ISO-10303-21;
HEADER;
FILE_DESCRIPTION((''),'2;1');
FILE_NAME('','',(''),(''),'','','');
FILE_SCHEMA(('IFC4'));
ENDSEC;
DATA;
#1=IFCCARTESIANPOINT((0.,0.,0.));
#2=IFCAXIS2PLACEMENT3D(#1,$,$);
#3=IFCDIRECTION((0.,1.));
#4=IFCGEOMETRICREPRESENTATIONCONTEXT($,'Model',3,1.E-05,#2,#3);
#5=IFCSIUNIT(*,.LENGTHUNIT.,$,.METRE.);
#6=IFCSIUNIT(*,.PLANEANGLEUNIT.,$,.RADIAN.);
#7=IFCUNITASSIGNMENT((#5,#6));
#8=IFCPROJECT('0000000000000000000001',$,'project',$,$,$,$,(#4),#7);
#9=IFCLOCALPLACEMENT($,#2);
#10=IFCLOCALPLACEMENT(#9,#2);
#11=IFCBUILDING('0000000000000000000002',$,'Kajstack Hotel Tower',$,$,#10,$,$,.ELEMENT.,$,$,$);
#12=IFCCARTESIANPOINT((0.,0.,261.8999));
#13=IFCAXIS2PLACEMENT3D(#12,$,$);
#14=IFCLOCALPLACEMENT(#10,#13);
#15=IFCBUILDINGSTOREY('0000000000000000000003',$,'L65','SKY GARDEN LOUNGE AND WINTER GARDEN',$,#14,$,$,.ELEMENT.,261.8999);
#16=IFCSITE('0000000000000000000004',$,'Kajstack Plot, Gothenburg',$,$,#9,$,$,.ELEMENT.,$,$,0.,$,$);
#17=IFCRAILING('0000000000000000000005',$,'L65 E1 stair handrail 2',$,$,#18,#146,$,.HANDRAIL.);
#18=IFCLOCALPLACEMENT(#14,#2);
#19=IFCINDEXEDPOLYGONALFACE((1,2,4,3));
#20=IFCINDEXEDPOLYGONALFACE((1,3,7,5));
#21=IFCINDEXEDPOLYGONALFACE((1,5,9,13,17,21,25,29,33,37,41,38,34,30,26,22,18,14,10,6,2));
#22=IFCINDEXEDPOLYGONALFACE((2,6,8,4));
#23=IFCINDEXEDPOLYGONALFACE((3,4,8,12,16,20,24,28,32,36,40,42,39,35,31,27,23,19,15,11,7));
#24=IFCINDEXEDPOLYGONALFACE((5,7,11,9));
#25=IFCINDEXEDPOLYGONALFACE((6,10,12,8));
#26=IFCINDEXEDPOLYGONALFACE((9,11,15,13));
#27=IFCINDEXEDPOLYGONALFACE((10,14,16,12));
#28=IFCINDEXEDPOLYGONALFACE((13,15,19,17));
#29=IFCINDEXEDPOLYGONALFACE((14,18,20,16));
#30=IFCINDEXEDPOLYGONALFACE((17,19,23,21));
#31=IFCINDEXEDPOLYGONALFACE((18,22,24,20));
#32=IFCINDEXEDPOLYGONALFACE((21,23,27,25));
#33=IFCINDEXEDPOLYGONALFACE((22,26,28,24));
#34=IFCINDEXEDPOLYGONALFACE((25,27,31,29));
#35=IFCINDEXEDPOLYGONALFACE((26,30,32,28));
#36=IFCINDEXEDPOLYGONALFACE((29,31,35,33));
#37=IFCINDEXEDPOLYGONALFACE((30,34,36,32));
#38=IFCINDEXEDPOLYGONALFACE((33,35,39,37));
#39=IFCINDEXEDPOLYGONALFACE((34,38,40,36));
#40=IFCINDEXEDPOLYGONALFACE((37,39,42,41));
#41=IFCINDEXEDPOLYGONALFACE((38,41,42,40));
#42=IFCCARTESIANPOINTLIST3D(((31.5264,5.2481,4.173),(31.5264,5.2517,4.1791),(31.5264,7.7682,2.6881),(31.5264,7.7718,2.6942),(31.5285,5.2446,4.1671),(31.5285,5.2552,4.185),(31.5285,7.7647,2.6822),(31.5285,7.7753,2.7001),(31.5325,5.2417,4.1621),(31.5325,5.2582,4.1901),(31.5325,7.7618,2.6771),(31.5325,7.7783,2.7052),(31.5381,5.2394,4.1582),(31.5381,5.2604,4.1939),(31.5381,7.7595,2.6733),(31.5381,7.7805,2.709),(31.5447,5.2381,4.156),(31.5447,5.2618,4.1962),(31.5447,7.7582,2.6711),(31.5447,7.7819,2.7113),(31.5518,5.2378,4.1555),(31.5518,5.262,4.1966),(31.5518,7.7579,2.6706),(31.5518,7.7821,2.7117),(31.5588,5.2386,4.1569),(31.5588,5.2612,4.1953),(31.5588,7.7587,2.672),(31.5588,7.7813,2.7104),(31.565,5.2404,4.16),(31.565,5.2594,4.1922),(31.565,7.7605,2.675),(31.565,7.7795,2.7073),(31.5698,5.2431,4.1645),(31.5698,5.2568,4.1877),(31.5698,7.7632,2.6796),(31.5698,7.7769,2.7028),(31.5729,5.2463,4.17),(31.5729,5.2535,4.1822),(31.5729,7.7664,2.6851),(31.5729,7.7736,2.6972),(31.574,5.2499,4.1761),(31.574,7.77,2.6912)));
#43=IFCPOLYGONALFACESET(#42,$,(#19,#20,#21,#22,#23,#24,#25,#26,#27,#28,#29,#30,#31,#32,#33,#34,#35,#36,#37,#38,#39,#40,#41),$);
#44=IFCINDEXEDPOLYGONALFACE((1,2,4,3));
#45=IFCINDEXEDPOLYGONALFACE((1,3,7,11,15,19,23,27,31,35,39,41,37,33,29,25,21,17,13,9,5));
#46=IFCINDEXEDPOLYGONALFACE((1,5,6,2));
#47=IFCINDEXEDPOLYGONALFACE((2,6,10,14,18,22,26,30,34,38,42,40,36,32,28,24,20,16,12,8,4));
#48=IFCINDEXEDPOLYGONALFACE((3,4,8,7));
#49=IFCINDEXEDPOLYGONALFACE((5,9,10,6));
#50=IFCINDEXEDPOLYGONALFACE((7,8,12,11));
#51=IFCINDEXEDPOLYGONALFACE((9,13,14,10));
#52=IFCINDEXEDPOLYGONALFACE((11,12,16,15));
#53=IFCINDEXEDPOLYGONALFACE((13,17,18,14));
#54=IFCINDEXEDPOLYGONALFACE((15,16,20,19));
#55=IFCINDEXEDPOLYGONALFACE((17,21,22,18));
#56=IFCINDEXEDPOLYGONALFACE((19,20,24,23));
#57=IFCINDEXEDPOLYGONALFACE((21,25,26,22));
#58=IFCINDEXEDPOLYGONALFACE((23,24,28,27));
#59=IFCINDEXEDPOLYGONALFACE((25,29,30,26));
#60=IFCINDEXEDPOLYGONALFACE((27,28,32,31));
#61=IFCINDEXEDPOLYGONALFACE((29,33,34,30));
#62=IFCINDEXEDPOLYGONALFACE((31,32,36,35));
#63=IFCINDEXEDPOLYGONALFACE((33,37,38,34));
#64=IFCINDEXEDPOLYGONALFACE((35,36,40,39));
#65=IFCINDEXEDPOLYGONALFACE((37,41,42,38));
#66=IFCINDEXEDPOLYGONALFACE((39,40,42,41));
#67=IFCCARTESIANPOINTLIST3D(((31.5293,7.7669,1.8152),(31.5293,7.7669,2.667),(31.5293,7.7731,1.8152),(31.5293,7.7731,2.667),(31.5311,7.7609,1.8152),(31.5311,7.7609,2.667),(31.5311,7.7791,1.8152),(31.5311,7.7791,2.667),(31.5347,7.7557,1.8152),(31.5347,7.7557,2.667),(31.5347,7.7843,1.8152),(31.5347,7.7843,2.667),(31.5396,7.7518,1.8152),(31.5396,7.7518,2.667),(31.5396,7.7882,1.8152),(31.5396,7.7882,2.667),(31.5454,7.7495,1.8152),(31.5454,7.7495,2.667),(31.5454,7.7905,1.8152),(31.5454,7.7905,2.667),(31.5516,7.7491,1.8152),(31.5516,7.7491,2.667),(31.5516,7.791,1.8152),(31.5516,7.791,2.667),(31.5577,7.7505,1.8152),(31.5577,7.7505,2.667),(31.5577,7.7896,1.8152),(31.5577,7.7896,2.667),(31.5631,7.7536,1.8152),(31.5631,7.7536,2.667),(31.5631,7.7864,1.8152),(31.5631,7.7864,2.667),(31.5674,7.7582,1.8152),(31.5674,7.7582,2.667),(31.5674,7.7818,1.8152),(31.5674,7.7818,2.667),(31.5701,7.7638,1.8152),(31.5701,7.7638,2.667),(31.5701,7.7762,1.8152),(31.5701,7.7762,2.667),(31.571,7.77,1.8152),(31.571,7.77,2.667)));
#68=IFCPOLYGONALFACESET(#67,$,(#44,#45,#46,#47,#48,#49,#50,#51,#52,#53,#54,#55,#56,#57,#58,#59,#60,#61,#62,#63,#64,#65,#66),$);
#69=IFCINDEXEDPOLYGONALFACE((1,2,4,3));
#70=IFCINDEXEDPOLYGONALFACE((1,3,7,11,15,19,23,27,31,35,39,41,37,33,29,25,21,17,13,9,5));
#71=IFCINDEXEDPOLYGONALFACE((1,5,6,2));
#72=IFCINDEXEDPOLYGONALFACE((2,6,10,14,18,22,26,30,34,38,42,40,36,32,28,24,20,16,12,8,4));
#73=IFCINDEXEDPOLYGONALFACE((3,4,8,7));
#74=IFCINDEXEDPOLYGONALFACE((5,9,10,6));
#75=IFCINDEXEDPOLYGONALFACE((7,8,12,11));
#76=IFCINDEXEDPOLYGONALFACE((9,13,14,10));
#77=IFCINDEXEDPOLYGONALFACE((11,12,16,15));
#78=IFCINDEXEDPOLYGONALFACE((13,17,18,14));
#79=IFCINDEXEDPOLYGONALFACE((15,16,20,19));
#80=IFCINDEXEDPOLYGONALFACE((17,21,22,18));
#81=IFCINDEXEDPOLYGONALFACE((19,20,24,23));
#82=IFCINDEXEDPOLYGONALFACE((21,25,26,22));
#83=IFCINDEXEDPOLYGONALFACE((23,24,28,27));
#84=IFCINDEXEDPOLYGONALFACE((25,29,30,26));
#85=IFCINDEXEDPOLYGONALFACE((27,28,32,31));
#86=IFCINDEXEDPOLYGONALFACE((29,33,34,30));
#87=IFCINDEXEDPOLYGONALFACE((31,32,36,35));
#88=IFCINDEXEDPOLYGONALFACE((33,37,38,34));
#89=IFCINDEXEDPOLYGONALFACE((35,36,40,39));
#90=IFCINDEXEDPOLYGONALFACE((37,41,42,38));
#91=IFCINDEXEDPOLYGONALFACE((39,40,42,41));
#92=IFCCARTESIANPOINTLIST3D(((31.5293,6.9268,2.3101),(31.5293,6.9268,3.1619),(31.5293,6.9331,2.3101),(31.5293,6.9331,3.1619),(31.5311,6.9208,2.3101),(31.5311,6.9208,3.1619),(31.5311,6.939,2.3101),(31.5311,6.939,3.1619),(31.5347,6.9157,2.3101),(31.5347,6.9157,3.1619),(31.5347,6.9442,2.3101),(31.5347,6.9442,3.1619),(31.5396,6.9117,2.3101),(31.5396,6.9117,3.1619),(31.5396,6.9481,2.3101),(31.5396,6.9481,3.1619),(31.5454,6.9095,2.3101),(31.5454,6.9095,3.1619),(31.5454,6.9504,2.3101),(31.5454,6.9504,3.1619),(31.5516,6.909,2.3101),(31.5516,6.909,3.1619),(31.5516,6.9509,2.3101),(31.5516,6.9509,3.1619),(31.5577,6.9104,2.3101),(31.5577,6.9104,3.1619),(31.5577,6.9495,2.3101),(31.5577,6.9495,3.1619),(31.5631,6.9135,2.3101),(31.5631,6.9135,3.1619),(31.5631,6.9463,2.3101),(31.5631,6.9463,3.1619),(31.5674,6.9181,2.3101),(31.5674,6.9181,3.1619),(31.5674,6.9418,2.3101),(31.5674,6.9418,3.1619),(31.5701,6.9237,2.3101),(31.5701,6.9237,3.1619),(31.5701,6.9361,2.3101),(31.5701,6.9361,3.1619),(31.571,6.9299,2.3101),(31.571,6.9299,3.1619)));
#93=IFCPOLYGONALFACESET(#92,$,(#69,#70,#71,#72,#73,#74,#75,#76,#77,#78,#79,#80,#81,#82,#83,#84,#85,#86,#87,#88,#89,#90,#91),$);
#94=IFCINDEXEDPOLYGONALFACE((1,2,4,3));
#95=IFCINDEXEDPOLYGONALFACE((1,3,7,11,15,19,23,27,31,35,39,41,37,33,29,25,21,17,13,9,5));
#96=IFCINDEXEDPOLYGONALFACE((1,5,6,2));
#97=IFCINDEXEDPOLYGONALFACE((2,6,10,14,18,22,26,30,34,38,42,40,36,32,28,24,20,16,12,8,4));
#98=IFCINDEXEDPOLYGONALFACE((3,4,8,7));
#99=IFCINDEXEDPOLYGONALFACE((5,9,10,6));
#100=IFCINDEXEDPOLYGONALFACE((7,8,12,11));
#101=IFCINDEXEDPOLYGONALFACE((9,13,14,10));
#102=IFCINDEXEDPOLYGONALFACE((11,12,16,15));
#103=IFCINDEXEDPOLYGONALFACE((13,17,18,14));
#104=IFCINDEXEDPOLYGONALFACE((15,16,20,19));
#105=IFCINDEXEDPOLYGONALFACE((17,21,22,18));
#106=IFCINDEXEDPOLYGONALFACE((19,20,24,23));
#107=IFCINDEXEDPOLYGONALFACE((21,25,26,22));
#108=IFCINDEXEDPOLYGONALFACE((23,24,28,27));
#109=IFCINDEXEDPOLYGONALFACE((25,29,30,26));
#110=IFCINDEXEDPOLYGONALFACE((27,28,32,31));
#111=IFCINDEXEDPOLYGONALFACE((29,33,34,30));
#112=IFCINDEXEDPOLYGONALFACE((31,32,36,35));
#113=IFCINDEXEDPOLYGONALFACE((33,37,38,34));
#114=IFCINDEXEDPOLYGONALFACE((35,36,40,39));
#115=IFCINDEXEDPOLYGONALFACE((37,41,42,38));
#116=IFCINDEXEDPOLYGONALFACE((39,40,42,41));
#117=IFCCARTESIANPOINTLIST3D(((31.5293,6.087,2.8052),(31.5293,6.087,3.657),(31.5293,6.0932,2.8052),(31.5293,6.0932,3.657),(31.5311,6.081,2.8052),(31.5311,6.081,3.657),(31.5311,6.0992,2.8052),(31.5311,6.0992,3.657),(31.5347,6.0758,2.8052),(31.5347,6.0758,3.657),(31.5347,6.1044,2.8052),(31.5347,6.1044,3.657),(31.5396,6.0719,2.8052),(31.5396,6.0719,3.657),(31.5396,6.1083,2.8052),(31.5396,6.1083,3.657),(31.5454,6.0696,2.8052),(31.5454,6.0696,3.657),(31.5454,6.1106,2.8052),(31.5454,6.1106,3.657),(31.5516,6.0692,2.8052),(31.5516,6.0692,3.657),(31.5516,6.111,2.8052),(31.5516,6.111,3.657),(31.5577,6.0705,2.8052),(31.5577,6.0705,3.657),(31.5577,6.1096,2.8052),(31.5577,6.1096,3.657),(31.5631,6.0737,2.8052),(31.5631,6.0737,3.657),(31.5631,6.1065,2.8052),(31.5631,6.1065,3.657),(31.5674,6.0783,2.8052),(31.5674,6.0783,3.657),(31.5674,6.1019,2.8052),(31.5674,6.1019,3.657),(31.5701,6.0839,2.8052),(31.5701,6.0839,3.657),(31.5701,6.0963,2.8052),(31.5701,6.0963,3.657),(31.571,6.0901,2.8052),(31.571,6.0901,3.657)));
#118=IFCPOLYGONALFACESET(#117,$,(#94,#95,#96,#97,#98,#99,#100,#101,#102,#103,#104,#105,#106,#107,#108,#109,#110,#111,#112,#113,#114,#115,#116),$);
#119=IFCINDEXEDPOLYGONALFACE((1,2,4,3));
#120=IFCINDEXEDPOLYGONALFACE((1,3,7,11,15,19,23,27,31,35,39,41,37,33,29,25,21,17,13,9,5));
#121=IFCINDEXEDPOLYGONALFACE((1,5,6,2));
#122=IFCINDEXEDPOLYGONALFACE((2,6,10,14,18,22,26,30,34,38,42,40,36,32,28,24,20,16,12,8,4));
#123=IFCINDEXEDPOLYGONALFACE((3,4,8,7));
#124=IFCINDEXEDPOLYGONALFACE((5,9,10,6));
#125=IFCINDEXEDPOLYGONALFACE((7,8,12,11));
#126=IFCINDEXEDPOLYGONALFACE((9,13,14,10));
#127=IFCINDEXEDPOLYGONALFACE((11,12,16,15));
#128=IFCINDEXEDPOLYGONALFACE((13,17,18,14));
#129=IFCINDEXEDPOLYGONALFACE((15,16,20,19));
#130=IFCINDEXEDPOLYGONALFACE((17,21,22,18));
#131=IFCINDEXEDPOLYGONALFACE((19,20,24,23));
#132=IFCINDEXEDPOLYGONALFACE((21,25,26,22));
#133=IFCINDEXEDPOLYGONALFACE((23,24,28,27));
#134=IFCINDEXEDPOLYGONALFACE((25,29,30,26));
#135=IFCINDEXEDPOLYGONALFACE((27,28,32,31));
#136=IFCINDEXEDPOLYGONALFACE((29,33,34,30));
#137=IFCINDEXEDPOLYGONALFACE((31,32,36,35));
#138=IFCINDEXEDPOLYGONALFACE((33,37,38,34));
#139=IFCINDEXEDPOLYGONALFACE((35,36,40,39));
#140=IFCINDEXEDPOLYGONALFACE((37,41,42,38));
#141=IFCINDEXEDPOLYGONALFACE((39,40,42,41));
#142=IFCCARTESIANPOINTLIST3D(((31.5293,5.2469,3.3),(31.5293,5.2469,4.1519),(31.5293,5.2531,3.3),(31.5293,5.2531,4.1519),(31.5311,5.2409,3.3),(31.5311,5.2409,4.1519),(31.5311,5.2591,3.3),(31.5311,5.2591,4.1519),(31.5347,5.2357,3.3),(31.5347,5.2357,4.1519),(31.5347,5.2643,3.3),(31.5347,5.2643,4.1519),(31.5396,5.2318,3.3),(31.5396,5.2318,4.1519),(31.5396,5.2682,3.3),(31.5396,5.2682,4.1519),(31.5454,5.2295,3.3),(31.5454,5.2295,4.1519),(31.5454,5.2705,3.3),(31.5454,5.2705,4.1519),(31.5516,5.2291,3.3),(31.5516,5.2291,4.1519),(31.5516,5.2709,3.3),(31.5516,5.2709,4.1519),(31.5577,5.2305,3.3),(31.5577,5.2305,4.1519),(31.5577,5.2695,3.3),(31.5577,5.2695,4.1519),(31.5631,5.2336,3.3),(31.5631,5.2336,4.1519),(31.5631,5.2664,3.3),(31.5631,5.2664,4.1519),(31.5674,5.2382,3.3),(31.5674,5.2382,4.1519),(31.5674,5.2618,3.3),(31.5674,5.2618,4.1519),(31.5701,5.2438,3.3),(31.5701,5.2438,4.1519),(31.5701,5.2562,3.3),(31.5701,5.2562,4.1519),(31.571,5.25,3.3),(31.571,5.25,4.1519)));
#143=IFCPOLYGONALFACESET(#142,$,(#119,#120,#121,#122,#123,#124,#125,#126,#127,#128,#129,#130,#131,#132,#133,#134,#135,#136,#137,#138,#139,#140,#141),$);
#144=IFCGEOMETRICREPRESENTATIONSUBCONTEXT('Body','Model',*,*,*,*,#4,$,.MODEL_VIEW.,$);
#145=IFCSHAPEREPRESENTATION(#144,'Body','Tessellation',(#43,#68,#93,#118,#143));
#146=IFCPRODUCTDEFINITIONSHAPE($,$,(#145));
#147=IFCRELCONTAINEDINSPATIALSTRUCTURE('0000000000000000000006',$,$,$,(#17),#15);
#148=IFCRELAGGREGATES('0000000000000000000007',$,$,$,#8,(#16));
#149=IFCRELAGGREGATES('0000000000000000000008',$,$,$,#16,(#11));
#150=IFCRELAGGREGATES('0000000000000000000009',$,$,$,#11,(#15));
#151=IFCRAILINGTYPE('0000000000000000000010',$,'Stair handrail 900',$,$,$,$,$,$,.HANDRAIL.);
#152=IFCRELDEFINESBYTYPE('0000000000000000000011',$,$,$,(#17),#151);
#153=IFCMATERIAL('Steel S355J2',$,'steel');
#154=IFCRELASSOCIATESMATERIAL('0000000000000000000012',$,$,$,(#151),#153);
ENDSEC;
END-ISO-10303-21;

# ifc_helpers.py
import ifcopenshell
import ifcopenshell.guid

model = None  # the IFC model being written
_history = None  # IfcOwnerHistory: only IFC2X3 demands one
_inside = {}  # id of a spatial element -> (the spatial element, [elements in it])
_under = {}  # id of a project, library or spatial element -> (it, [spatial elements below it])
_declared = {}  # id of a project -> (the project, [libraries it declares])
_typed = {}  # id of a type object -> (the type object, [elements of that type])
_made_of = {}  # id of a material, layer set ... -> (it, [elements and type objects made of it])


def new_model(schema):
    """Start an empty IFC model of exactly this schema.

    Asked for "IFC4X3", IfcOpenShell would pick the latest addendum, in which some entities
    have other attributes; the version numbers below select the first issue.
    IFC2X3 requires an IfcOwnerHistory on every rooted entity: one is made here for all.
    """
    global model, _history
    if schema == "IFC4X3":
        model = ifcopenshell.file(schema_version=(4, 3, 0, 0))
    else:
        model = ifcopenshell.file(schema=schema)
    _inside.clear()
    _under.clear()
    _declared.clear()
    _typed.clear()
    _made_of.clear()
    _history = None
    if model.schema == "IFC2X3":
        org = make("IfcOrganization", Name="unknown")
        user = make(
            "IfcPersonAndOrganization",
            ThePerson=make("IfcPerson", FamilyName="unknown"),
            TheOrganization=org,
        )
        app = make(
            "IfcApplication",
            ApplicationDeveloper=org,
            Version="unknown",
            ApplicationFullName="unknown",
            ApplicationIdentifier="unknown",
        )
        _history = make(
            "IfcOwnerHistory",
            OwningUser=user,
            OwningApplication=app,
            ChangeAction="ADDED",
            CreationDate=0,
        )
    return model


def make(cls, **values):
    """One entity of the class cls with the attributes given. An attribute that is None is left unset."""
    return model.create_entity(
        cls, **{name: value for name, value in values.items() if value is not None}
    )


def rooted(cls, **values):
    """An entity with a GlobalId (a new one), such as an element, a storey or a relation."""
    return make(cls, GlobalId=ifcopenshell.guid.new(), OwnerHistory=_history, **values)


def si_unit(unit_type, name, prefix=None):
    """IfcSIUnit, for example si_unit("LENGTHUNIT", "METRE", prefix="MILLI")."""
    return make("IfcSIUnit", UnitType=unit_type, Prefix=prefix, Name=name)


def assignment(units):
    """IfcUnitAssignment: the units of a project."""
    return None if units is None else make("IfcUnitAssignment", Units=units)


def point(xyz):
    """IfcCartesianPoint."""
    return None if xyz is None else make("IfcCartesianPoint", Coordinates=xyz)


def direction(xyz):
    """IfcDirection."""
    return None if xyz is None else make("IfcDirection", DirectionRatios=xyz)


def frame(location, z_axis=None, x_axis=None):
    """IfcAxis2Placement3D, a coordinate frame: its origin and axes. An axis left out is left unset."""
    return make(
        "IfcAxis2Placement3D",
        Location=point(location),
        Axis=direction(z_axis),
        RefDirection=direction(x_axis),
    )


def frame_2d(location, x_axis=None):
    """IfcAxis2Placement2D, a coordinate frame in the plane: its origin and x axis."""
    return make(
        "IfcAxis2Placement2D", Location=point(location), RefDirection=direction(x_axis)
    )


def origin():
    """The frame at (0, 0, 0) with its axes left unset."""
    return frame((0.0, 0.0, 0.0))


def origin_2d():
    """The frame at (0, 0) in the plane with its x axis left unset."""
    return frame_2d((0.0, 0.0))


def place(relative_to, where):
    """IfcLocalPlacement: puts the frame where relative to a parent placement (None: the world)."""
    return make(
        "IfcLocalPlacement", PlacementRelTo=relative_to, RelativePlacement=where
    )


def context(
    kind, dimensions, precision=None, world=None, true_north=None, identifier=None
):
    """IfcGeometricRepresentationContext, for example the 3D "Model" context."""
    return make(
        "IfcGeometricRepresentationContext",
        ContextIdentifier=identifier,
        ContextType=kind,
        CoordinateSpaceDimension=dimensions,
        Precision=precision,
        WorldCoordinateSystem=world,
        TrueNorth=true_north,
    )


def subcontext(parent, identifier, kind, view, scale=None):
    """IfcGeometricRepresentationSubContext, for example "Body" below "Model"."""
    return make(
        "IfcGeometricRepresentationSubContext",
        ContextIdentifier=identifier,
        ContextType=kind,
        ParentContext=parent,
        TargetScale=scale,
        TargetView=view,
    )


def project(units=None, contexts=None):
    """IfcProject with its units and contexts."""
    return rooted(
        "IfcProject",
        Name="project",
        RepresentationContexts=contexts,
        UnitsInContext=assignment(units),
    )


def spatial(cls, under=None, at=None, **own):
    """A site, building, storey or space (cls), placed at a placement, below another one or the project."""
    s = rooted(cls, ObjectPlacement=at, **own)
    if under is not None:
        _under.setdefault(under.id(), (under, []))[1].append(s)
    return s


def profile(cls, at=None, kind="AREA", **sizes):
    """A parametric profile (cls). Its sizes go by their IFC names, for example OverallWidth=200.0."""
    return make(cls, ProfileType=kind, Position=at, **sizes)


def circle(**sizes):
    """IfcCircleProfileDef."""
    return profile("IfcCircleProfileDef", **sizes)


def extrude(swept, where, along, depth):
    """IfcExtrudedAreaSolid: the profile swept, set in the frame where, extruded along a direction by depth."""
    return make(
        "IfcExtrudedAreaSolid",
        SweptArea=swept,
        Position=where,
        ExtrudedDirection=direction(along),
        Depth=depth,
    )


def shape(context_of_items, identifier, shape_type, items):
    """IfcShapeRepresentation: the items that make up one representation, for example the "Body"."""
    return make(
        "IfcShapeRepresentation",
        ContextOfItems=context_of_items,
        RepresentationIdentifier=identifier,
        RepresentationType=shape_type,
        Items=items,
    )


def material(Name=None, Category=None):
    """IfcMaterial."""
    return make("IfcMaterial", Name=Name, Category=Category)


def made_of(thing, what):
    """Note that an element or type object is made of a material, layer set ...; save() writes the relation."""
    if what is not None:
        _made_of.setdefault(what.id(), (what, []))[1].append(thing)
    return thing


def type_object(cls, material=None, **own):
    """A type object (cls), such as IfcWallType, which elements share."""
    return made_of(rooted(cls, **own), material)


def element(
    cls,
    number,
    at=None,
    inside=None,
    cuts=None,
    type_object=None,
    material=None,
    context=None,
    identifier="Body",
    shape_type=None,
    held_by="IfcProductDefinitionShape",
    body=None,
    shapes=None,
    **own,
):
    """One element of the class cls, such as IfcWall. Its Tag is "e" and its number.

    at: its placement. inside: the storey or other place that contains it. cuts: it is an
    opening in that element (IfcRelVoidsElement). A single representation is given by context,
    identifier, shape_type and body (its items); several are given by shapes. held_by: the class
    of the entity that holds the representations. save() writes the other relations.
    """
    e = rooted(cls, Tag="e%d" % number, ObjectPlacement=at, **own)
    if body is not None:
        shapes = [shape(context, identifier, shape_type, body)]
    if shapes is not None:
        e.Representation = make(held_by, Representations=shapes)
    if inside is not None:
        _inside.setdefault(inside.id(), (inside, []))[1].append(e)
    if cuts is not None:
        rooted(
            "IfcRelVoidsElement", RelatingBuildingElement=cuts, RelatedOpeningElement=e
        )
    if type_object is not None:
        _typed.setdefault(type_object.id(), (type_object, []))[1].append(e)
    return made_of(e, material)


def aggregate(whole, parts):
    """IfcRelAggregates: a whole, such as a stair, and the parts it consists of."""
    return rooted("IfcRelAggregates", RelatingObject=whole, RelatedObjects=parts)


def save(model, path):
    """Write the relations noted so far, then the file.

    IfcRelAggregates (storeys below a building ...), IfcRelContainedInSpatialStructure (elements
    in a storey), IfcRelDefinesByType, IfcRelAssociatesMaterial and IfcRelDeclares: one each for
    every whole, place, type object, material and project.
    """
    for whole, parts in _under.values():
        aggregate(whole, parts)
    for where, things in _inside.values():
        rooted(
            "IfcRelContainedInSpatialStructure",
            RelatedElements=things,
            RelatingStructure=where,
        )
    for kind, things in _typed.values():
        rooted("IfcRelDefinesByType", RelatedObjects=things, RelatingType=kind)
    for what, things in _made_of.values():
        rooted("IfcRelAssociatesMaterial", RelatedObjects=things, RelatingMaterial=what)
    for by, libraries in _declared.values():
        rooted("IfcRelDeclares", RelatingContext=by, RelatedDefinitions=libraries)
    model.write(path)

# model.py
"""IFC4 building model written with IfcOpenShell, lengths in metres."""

from ifc_helpers import new_model, si_unit, direction, frame, origin, origin_2d, place, context, subcontext, project, spatial, circle, extrude, material, type_object, element, save


model = new_model("IFC4")

# Units and contexts
model_context = context("Model", 3, precision=1e-05, world=origin(), true_north=direction((0.0, 1.0)))
body_context = subcontext(model_context, "Body", "Model", "MODEL_VIEW")
ifc_project = project(units=[si_unit("LENGTHUNIT", "METRE"), si_unit("PLANEANGLEUNIT", "RADIAN")], contexts=[model_context])

# Site, building, storey
site_placement = place(None, origin())
site = spatial("IfcSite", under=ifc_project, at=site_placement, Name="Kajstack Plot, Gothenburg", CompositionType="ELEMENT", RefElevation=0.0)
building_placement = place(site_placement, origin())
building = spatial("IfcBuilding", under=site, at=building_placement, Name="Kajstack Hotel Tower", CompositionType="ELEMENT")
storey_placement = place(building_placement, frame((0.0, 0.0, 261.8999)))
storey = spatial("IfcBuildingStorey", under=building, at=storey_placement, Name="L65", Description="SKY GARDEN LOUNGE AND WINTER GARDEN", CompositionType="ELEMENT", Elevation=261.8999)

# Railing
ifc_material_1 = material(Name="Steel S355J2", Category="steel")
railing_type_1 = type_object("IfcRailingType", Name="Stair handrail 900", PredefinedType="HANDRAIL", material=ifc_material_1)
railing_1_placement = place(storey_placement, frame((31.55, 7.77, 1.8152)))
element("IfcRailing", 1, at=railing_1_placement, inside=storey, type_object=railing_type_1, Name="L65 E1 stair handrail 2", PredefinedType="HANDRAIL", context=body_context, shape_type="SweptSolid", body=[
    extrude(circle(Radius=0.0239, at=origin_2d()), frame((0.0, 0.0, 0.876), z_axis=(0.0, -0.861561, 0.507655), x_axis=(1.0, 0.0, 0.0)), (0.0, 0.0, 1.0), 2.925),
    extrude(circle(Radius=0.021, at=origin_2d()), origin(), (0.0, 0.0, 1.0), 0.8518),
    extrude(circle(Radius=0.021, at=origin_2d()), frame((0.0, -0.8401, 0.4949)), (0.0, 0.0, 1.0), 0.8518),
    extrude(circle(Radius=0.021, at=origin_2d()), frame((0.0, -1.6799, 0.99)), (0.0, 0.0, 1.0), 0.8518),
    extrude(circle(Radius=0.021, at=origin_2d()), frame((0.0, -2.52, 1.4849)), (0.0, 0.0, 1.0), 0.8518),
])

save(model, "model.ifc")
